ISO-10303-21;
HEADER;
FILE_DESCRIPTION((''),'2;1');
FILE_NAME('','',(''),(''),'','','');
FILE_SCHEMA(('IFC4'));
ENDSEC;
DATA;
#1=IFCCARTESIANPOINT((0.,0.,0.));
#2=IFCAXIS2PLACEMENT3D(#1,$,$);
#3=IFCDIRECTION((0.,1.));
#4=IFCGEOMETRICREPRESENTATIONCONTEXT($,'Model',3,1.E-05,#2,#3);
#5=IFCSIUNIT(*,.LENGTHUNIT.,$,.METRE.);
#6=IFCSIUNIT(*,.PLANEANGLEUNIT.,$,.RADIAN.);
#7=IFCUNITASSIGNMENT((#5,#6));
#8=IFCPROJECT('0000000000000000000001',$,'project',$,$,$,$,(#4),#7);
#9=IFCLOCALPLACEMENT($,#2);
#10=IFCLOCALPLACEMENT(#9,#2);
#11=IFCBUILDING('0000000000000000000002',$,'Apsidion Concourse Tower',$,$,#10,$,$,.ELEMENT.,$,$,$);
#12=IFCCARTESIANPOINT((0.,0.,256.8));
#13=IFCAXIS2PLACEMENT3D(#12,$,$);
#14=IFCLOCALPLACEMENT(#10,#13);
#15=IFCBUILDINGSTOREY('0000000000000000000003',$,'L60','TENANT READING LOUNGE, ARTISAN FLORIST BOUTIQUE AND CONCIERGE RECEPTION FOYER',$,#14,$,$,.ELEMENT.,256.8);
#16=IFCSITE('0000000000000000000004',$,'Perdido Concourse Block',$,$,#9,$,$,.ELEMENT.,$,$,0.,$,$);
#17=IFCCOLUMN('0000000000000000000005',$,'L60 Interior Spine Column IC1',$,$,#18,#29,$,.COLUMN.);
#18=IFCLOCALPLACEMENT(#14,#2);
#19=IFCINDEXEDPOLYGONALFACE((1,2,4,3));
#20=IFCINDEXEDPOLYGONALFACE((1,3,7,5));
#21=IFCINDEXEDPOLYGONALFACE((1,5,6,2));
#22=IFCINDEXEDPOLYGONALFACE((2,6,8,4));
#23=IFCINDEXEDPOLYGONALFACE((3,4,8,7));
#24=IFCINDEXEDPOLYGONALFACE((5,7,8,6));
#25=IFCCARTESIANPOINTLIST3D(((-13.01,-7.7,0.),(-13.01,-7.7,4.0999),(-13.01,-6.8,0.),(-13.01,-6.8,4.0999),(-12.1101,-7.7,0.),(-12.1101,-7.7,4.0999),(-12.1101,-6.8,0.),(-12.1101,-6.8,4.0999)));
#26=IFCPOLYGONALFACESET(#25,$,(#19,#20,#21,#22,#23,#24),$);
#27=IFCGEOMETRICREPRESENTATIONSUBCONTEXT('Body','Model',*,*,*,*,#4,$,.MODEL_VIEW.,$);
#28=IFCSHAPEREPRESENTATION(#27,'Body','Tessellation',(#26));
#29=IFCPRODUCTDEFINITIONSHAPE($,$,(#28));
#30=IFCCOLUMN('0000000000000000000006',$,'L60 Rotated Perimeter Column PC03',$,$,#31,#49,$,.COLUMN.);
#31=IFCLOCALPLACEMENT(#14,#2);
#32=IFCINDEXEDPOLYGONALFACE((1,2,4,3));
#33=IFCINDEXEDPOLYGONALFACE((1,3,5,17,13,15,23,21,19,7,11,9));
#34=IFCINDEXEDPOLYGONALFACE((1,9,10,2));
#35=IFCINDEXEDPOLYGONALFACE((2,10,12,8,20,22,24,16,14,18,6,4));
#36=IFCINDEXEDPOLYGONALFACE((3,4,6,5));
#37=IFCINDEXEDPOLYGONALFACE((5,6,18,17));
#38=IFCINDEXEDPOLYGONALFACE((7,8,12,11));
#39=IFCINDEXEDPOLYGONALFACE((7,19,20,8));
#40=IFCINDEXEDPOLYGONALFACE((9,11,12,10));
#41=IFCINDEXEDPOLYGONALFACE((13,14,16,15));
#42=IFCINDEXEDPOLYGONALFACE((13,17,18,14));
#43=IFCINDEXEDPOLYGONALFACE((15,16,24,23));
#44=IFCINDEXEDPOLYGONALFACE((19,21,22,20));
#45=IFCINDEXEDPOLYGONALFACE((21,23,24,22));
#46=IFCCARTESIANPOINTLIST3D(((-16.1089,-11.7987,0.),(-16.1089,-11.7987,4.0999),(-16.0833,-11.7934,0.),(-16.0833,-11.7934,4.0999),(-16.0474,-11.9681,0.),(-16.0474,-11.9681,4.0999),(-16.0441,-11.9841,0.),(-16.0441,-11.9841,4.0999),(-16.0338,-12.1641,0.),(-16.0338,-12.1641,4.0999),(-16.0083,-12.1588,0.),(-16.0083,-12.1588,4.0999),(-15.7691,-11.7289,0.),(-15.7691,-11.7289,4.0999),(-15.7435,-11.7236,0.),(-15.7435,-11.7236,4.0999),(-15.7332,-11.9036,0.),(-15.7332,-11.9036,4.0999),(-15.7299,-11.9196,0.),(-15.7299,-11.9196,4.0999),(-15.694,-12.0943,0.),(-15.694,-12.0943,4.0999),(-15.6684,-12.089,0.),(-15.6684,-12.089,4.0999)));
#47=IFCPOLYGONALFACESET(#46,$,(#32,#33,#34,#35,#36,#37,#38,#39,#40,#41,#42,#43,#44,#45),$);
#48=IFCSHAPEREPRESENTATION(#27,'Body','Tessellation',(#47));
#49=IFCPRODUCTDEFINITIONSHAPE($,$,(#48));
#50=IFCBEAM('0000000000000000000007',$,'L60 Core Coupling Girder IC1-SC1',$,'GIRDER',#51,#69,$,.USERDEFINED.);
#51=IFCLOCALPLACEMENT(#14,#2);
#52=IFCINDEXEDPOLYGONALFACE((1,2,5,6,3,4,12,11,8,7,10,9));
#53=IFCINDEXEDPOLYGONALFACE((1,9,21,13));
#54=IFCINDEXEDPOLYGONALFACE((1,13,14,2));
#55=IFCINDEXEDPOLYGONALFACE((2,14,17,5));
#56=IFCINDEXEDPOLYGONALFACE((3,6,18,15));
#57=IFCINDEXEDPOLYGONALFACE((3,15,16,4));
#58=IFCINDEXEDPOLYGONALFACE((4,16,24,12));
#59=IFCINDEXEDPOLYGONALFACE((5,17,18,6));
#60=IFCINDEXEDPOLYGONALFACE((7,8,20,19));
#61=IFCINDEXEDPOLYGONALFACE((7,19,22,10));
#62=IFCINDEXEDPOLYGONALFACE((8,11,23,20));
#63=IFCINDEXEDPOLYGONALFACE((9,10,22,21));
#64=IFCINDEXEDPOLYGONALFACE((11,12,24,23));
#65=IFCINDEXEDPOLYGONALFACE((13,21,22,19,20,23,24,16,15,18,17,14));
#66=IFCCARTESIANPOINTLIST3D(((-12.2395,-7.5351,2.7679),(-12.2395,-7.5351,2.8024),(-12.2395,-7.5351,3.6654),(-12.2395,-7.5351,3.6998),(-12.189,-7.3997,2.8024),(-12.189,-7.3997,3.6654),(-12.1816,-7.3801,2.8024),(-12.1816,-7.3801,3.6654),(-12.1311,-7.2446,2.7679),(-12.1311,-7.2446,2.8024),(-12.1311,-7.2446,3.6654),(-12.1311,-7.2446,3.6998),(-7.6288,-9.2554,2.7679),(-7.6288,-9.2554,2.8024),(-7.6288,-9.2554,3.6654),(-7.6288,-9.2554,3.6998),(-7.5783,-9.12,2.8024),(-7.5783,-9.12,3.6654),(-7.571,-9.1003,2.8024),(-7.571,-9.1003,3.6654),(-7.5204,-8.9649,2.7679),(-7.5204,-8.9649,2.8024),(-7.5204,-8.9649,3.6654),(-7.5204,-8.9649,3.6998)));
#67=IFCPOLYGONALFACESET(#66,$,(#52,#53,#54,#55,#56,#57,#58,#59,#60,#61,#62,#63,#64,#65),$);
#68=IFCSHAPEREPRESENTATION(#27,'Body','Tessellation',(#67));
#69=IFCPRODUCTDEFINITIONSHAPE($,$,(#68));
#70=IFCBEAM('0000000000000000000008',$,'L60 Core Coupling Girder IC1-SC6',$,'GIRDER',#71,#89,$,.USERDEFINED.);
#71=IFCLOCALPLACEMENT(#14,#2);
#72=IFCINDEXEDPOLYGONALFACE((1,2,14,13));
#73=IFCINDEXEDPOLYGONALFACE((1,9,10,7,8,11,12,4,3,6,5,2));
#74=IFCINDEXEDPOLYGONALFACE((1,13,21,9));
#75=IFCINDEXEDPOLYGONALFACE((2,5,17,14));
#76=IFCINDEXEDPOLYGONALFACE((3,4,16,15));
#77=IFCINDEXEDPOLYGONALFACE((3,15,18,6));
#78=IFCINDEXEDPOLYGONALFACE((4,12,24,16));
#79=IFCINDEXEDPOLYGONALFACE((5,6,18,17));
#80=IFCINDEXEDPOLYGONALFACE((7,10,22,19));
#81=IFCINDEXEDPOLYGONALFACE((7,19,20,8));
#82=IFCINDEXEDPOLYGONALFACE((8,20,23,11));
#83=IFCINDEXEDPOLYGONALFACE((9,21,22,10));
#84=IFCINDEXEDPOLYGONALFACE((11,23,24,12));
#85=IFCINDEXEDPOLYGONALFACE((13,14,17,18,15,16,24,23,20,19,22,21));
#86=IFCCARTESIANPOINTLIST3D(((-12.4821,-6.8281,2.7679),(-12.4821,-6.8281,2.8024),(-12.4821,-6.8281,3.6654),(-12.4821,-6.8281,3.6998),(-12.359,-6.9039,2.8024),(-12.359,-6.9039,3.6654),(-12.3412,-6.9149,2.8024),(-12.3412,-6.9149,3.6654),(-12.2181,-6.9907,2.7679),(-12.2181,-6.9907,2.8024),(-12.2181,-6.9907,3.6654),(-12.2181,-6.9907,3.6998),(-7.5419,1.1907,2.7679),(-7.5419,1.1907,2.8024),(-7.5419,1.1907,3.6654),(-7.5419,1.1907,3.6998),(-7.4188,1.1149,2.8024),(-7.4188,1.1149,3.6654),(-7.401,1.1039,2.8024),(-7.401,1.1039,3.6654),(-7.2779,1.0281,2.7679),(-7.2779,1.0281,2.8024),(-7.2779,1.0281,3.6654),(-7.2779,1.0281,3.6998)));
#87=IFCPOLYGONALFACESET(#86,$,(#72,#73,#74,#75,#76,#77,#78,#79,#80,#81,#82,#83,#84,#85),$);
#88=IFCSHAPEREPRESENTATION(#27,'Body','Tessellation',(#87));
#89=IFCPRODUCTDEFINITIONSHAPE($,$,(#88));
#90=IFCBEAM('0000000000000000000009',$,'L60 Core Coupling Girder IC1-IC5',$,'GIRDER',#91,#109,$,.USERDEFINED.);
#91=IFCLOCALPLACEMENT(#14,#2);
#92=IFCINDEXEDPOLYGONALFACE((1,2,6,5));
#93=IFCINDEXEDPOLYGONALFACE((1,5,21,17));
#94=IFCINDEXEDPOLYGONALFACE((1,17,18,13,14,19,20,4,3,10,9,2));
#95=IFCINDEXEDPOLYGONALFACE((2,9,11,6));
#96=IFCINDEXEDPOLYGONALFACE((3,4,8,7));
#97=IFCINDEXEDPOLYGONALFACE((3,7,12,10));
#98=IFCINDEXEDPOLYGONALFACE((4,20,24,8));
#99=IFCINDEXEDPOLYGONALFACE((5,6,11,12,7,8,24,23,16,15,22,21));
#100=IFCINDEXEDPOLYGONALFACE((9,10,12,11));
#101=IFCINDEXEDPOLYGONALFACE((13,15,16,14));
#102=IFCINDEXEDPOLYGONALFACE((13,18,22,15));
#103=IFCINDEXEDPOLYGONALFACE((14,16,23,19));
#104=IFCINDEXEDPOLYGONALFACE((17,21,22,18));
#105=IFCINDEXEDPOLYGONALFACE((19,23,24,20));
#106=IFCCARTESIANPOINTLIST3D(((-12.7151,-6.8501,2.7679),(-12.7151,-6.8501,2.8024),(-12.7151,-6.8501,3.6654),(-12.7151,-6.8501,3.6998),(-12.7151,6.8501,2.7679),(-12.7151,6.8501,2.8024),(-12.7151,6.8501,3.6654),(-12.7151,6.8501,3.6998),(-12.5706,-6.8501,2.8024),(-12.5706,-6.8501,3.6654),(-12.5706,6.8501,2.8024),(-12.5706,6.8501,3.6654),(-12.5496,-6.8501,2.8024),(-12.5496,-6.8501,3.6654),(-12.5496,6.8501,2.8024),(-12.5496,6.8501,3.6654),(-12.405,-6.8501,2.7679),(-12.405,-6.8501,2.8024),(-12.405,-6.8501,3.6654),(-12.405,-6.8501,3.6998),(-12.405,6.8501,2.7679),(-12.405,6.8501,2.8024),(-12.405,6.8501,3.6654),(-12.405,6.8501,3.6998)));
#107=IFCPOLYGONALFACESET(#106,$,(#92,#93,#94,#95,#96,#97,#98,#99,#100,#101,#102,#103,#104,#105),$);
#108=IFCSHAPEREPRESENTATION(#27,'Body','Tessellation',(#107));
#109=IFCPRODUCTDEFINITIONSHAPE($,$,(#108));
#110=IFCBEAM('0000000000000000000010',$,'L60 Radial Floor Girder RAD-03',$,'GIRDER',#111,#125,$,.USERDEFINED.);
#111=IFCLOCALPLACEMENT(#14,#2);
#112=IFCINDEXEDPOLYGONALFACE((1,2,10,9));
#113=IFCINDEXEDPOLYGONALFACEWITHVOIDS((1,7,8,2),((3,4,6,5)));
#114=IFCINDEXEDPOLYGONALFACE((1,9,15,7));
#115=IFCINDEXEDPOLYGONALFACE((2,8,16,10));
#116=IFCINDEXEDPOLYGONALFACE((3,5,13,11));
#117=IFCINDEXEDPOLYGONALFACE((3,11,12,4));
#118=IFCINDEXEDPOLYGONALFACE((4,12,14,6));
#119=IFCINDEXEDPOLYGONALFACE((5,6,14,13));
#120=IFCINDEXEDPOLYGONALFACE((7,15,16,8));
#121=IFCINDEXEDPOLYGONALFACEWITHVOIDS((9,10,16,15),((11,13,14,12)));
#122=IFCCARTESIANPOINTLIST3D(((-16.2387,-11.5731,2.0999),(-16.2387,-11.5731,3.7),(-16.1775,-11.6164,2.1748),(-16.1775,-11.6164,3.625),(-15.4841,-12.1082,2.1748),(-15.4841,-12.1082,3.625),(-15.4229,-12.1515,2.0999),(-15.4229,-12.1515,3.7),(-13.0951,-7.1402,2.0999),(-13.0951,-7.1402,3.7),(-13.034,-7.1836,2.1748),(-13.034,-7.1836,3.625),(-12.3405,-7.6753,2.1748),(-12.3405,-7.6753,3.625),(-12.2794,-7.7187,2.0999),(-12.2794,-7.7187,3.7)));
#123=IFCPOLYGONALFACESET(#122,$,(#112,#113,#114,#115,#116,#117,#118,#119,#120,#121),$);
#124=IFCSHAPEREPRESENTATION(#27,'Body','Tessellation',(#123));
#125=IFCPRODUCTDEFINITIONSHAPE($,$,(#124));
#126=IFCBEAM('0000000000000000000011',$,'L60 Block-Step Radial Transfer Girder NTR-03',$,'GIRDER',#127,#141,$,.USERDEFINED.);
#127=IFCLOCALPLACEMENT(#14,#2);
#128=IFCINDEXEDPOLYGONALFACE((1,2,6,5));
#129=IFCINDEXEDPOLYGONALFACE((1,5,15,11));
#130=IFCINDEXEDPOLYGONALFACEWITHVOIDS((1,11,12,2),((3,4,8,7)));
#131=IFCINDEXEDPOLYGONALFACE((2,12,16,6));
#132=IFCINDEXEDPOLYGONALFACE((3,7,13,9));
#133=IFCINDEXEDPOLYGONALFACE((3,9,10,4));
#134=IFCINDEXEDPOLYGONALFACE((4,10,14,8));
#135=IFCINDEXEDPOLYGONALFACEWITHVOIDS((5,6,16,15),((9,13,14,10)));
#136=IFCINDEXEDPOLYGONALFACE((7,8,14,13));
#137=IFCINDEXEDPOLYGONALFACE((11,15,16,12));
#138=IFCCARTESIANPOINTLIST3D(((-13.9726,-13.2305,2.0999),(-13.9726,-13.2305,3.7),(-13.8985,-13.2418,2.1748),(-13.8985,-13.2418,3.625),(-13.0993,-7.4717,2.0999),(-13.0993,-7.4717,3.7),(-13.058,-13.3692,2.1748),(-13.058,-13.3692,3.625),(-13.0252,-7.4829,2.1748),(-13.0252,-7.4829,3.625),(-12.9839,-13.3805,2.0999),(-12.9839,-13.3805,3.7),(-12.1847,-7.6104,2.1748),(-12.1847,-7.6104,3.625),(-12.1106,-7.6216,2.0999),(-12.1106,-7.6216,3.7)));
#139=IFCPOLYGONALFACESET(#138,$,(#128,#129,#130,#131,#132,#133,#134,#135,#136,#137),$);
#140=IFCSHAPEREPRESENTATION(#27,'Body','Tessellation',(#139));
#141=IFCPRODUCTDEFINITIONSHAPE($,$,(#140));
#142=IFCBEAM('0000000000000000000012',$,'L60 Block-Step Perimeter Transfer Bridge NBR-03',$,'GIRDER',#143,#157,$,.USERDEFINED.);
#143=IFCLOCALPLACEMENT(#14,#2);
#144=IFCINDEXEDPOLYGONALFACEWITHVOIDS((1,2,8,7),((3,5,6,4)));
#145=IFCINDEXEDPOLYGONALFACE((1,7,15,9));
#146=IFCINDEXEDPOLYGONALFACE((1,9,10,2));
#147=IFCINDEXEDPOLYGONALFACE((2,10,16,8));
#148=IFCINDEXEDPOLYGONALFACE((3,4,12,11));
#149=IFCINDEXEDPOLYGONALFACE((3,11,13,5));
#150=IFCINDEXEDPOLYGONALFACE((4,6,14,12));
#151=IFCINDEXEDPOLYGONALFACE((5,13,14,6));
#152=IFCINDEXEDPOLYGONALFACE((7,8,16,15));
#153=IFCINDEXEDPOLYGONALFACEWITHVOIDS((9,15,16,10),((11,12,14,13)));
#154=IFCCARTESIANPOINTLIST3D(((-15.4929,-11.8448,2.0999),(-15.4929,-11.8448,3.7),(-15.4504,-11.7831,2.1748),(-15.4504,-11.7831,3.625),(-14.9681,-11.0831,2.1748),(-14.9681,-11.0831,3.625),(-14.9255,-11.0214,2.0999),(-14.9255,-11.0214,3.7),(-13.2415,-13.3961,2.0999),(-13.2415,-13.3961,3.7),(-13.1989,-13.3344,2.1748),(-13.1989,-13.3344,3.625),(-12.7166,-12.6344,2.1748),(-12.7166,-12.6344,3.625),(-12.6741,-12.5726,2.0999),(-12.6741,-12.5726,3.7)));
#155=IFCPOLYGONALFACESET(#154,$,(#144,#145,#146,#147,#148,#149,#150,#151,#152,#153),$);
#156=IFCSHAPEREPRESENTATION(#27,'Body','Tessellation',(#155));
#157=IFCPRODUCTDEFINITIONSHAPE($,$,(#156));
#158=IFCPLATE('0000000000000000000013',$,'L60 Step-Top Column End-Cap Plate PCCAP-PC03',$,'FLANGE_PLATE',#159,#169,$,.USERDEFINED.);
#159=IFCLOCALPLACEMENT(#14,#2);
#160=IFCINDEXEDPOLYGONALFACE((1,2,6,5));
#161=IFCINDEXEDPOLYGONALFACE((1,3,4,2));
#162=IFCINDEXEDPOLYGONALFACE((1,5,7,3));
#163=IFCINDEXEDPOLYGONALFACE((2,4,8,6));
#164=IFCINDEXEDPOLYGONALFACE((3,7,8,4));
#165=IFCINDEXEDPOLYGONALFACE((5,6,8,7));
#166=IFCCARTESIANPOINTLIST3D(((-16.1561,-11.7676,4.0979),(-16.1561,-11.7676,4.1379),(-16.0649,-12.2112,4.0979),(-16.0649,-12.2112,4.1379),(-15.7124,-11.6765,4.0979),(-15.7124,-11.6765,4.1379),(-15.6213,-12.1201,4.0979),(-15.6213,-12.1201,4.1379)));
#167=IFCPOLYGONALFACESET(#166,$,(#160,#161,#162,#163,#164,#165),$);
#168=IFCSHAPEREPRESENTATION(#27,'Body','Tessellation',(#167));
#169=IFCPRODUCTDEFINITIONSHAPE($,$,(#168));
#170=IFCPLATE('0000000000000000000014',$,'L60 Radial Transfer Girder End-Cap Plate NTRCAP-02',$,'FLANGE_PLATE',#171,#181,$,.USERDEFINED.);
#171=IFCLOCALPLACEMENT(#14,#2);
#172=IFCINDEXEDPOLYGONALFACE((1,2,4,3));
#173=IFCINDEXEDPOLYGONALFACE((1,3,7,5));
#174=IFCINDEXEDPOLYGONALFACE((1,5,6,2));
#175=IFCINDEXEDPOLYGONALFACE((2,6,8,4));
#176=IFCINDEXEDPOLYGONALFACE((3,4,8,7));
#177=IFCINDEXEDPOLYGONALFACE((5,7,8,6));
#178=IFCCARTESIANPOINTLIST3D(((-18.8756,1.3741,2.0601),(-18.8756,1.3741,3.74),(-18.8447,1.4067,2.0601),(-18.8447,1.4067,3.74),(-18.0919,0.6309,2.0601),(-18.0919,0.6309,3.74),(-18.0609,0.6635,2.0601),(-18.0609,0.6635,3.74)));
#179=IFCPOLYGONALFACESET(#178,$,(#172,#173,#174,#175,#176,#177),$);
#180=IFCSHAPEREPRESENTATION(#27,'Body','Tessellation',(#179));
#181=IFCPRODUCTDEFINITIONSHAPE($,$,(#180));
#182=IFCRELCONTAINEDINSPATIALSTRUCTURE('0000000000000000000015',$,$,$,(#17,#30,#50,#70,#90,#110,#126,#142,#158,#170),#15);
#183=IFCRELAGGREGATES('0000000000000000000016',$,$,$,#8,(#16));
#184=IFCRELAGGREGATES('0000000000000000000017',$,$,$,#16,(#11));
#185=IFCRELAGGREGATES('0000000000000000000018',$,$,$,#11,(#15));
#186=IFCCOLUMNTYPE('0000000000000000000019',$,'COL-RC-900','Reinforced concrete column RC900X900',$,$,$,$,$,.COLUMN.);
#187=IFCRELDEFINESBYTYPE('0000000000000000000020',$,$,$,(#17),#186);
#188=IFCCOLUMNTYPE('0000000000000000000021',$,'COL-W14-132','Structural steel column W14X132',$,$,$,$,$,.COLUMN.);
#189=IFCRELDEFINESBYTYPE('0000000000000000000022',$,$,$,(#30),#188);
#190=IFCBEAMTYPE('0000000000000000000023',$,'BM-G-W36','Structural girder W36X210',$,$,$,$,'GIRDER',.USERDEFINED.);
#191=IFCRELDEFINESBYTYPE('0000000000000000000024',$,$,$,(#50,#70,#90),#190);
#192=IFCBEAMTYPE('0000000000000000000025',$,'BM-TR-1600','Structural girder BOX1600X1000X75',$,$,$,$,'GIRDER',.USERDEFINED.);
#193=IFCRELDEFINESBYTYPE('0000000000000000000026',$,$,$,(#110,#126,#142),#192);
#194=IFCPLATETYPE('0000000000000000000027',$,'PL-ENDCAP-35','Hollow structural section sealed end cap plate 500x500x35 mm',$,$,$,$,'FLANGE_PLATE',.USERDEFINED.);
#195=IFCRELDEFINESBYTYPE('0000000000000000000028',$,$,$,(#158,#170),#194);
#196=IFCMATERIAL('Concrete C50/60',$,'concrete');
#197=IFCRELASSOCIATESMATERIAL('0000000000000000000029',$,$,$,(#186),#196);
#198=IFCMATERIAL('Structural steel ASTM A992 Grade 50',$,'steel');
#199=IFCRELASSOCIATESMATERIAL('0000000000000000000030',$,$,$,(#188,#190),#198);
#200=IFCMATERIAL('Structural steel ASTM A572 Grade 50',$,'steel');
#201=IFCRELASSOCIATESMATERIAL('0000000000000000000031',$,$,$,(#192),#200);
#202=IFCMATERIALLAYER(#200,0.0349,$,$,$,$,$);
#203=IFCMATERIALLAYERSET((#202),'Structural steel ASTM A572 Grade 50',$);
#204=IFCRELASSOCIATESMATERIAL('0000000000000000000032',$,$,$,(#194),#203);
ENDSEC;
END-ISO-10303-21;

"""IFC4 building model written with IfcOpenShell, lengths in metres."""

from ifc_helpers import new_model, si_unit, direction, frame, origin, origin_2d, place, context, subcontext, project, spatial, rectangle, hollow_rectangle, i_section, extrude, material, layer, layer_set, material_profile, profile_set, type_object, element, save


model = new_model("IFC4")

# Units and contexts
model_context = context("Model", 3, precision=1e-05, world=origin(), true_north=direction((0.0, 1.0)))
body_context = subcontext(model_context, "Body", "Model", "MODEL_VIEW")
ifc_project = project(units=[si_unit("LENGTHUNIT", "METRE"), si_unit("PLANEANGLEUNIT", "RADIAN")], contexts=[model_context])

# Site, building, storey
site_placement = place(None, origin())
site = spatial("IfcSite", under=ifc_project, at=site_placement, Name="Perdido Concourse Block", CompositionType="ELEMENT", RefElevation=0.0)
building_placement = place(site_placement, origin())
building = spatial("IfcBuilding", under=site, at=building_placement, Name="Apsidion Concourse Tower", CompositionType="ELEMENT")
storey_placement = place(building_placement, frame((0.0, 0.0, 256.8)))
storey = spatial("IfcBuildingStorey", under=building, at=storey_placement, Name="L60", Description="TENANT READING LOUNGE, ARTISAN FLORIST BOUTIQUE AND CONCIERGE RECEPTION FOYER", CompositionType="ELEMENT", Elevation=256.8)

# Columns
ifc_material_1 = material(Name="Concrete C50/60", Category="concrete")
ifc_material_profile_1 = material_profile(ifc_material_1, rectangle(XDim=0.8999, YDim=0.8999, at=origin_2d()), Name="RC 900x900")
ifc_profile_set_1 = profile_set([ifc_material_profile_1], Name="Concrete C50/60")
column_type_1 = type_object("IfcColumnType", Name="COL-RC-900", Description="Reinforced concrete column RC900X900", PredefinedType="COLUMN", material=ifc_profile_set_1)
column_1_placement = place(storey_placement, frame((-12.5601, -7.25, 0.0), z_axis=(0.0, 0.0, 1.0), x_axis=(1.0, 0.0, 0.0)))
element("IfcColumn", 1, at=column_1_placement, inside=storey, type_object=column_type_1, Name="L60 Interior Spine Column IC1", PredefinedType="COLUMN", context=body_context, shape_type="SweptSolid", body=[
    extrude(rectangle(XDim=0.8999, YDim=0.8999, at=origin_2d()), origin(), (0.0, 0.0, 1.0), 4.0999),
])
ifc_material_2 = material(Name="Structural steel ASTM A992 Grade 50", Category="steel")
ifc_material_profile_2 = material_profile(ifc_material_2, i_section(OverallWidth=0.373, OverallDepth=0.373, WebThickness=0.0164, FlangeThickness=0.0261, at=origin_2d()), Name="W14X132")
ifc_profile_set_2 = profile_set([ifc_material_profile_2], Name="Structural steel ASTM A992 Grade 50")
column_type_2 = type_object("IfcColumnType", Name="COL-W14-132", Description="Structural steel column W14X132", PredefinedType="COLUMN", material=ifc_profile_set_2)
column_2_placement = place(storey_placement, frame((-15.8887, -11.9438, 0.0), z_axis=(0.0, 0.0, 1.0), x_axis=(-0.201249, 0.97954, 0.0)))
element("IfcColumn", 2, at=column_2_placement, inside=storey, type_object=column_type_2, Name="L60 Rotated Perimeter Column PC03", PredefinedType="COLUMN", context=body_context, shape_type="SweptSolid", body=[
    extrude(i_section(OverallWidth=0.373, OverallDepth=0.373, WebThickness=0.0164, FlangeThickness=0.0261, at=origin_2d()), origin(), (0.0, 0.0, 1.0), 4.0999),
])

# Beams
ifc_material_profile_3 = material_profile(ifc_material_2, i_section(OverallWidth=0.3101, OverallDepth=0.9319, WebThickness=0.021, FlangeThickness=0.0344, at=origin_2d()), Name="W36X210")
ifc_profile_set_3 = profile_set([ifc_material_profile_3], Name="Structural steel ASTM A992 Grade 50")
beam_type_1 = type_object("IfcBeamType", Name="BM-G-W36", Description="Structural girder W36X210", ElementType="GIRDER", PredefinedType="USERDEFINED", material=ifc_profile_set_3)
beam_1_placement = place(storey_placement, frame((-12.1853, -7.3899, 3.2339), z_axis=(0.936913, -0.349563, 0.0), x_axis=(0.349563, 0.936913, 0.0)))
element("IfcBeam", 3, at=beam_1_placement, inside=storey, type_object=beam_type_1, Name="L60 Core Coupling Girder IC1-SC1", ObjectType="GIRDER", PredefinedType="USERDEFINED", context=body_context, shape_type="SweptSolid", body=[
    extrude(i_section(OverallWidth=0.3101, OverallDepth=0.9319, WebThickness=0.021, FlangeThickness=0.0344, at=origin_2d()), origin(), (0.0, 0.0, 1.0), 4.9211),
])
beam_2_placement = place(storey_placement, frame((-12.3501, -6.9094, 3.2339), z_axis=(0.524524, 0.851396, 0.0), x_axis=(-0.851396, 0.524524, 0.0)))
element("IfcBeam", 4, at=beam_2_placement, inside=storey, type_object=beam_type_1, Name="L60 Core Coupling Girder IC1-SC6", ObjectType="GIRDER", PredefinedType="USERDEFINED", context=body_context, shape_type="SweptSolid", body=[
    extrude(i_section(OverallWidth=0.3101, OverallDepth=0.9319, WebThickness=0.021, FlangeThickness=0.0344, at=origin_2d()), origin(), (0.0, 0.0, 1.0), 9.4185),
])
beam_3_placement = place(storey_placement, frame((-12.5601, -6.8501, 3.2339), z_axis=(0.0, 1.0, 0.0), x_axis=(-1.0, 0.0, 0.0)))
element("IfcBeam", 5, at=beam_3_placement, inside=storey, type_object=beam_type_1, Name="L60 Core Coupling Girder IC1-IC5", ObjectType="GIRDER", PredefinedType="USERDEFINED", context=body_context, shape_type="SweptSolid", body=[
    extrude(i_section(OverallWidth=0.3101, OverallDepth=0.9319, WebThickness=0.021, FlangeThickness=0.0344, at=origin_2d()), origin(), (0.0, 0.0, 1.0), 13.7002),
])
ifc_material_3 = material(Name="Structural steel ASTM A572 Grade 50", Category="steel")
ifc_material_profile_4 = material_profile(ifc_material_3, hollow_rectangle(XDim=1.0, YDim=1.6001, WallThickness=0.075, at=origin_2d()), Name="BOX1600X1000X75")
ifc_profile_set_4 = profile_set([ifc_material_profile_4], Name="Structural steel ASTM A572 Grade 50")
beam_type_2 = type_object("IfcBeamType", Name="BM-TR-1600", Description="Structural girder BOX1600X1000X75", ElementType="GIRDER", PredefinedType="USERDEFINED", material=ifc_profile_set_4)
beam_4_placement = place(storey_placement, frame((-12.6873, -7.4294, 2.8999), z_axis=(-0.57846, -0.815711, 0.0), x_axis=(0.815711, -0.57846, 0.0)))
element("IfcBeam", 6, at=beam_4_placement, inside=storey, type_object=beam_type_2, Name="L60 Radial Floor Girder RAD-03", ObjectType="GIRDER", PredefinedType="USERDEFINED", context=body_context, shape_type="SweptSolid", body=[
    extrude(hollow_rectangle(XDim=1.0, YDim=1.6001, WallThickness=0.075, at=origin_2d()), origin(), (0.0, 0.0, 1.0), 5.4343),
])
beam_5_placement = place(storey_placement, frame((-12.605, -7.5466, 2.8999), z_axis=(-0.149931, -0.988696, 0.0), x_axis=(0.988696, -0.149931, 0.0)))
element("IfcBeam", 7, at=beam_5_placement, inside=storey, type_object=beam_type_2, Name="L60 Block-Step Radial Transfer Girder NTR-03", ObjectType="GIRDER", PredefinedType="USERDEFINED", context=body_context, shape_type="SweptSolid", body=[
    extrude(hollow_rectangle(XDim=1.0, YDim=1.6001, WallThickness=0.075, at=origin_2d()), origin(), (0.0, 0.0, 1.0), 5.8247),
])
beam_6_placement = place(storey_placement, frame((-15.2092, -11.4331, 2.8999), z_axis=(0.823463, -0.56737, 0.0), x_axis=(0.56737, 0.823463, 0.0)))
element("IfcBeam", 8, at=beam_6_placement, inside=storey, type_object=beam_type_2, Name="L60 Block-Step Perimeter Transfer Bridge NBR-03", ObjectType="GIRDER", PredefinedType="USERDEFINED", context=body_context, shape_type="SweptSolid", body=[
    extrude(hollow_rectangle(XDim=1.0, YDim=1.6001, WallThickness=0.075, at=origin_2d()), origin(), (0.0, 0.0, 1.0), 2.7341),
])

# Plates
ifc_layer_1 = layer(ifc_material_3, 0.0349)
ifc_layer_set_1 = layer_set([ifc_layer_1], Name="Structural steel ASTM A572 Grade 50")
plate_type = type_object("IfcPlateType", Name="PL-ENDCAP-35", Description="Hollow structural section sealed end cap plate 500x500x35 mm", ElementType="FLANGE_PLATE", PredefinedType="USERDEFINED", material=ifc_layer_set_1)
plate_1_placement = place(storey_placement, frame((-15.8887, -11.9438, 4.0979), z_axis=(0.0, 0.0, 1.0), x_axis=(-0.201249, 0.97954, 0.0)))
element("IfcPlate", 9, at=plate_1_placement, inside=storey, type_object=plate_type, Name="L60 Step-Top Column End-Cap Plate PCCAP-PC03", ObjectType="FLANGE_PLATE", PredefinedType="USERDEFINED", context=body_context, shape_type="SweptSolid", body=[
    extrude(rectangle(XDim=0.4529, YDim=0.4529, at=origin_2d()), origin(), (0.0, 0.0, 1.0), 0.04),
])
plate_2_placement = place(storey_placement, frame((-18.4683, 1.0188, 2.0601), z_axis=(0.0, 0.0, 1.0), x_axis=(-0.688101, -0.725615, 0.0)))
element("IfcPlate", 10, at=plate_2_placement, inside=storey, type_object=plate_type, Name="L60 Radial Transfer Girder End-Cap Plate NTRCAP-02", ObjectType="FLANGE_PLATE", PredefinedType="USERDEFINED", context=body_context, shape_type="SweptSolid", body=[
    extrude(rectangle(XDim=0.0449, YDim=1.0801, at=origin_2d()), origin(), (0.0, 0.0, 1.0), 1.6799),
])

save(model, "model.ifc")
